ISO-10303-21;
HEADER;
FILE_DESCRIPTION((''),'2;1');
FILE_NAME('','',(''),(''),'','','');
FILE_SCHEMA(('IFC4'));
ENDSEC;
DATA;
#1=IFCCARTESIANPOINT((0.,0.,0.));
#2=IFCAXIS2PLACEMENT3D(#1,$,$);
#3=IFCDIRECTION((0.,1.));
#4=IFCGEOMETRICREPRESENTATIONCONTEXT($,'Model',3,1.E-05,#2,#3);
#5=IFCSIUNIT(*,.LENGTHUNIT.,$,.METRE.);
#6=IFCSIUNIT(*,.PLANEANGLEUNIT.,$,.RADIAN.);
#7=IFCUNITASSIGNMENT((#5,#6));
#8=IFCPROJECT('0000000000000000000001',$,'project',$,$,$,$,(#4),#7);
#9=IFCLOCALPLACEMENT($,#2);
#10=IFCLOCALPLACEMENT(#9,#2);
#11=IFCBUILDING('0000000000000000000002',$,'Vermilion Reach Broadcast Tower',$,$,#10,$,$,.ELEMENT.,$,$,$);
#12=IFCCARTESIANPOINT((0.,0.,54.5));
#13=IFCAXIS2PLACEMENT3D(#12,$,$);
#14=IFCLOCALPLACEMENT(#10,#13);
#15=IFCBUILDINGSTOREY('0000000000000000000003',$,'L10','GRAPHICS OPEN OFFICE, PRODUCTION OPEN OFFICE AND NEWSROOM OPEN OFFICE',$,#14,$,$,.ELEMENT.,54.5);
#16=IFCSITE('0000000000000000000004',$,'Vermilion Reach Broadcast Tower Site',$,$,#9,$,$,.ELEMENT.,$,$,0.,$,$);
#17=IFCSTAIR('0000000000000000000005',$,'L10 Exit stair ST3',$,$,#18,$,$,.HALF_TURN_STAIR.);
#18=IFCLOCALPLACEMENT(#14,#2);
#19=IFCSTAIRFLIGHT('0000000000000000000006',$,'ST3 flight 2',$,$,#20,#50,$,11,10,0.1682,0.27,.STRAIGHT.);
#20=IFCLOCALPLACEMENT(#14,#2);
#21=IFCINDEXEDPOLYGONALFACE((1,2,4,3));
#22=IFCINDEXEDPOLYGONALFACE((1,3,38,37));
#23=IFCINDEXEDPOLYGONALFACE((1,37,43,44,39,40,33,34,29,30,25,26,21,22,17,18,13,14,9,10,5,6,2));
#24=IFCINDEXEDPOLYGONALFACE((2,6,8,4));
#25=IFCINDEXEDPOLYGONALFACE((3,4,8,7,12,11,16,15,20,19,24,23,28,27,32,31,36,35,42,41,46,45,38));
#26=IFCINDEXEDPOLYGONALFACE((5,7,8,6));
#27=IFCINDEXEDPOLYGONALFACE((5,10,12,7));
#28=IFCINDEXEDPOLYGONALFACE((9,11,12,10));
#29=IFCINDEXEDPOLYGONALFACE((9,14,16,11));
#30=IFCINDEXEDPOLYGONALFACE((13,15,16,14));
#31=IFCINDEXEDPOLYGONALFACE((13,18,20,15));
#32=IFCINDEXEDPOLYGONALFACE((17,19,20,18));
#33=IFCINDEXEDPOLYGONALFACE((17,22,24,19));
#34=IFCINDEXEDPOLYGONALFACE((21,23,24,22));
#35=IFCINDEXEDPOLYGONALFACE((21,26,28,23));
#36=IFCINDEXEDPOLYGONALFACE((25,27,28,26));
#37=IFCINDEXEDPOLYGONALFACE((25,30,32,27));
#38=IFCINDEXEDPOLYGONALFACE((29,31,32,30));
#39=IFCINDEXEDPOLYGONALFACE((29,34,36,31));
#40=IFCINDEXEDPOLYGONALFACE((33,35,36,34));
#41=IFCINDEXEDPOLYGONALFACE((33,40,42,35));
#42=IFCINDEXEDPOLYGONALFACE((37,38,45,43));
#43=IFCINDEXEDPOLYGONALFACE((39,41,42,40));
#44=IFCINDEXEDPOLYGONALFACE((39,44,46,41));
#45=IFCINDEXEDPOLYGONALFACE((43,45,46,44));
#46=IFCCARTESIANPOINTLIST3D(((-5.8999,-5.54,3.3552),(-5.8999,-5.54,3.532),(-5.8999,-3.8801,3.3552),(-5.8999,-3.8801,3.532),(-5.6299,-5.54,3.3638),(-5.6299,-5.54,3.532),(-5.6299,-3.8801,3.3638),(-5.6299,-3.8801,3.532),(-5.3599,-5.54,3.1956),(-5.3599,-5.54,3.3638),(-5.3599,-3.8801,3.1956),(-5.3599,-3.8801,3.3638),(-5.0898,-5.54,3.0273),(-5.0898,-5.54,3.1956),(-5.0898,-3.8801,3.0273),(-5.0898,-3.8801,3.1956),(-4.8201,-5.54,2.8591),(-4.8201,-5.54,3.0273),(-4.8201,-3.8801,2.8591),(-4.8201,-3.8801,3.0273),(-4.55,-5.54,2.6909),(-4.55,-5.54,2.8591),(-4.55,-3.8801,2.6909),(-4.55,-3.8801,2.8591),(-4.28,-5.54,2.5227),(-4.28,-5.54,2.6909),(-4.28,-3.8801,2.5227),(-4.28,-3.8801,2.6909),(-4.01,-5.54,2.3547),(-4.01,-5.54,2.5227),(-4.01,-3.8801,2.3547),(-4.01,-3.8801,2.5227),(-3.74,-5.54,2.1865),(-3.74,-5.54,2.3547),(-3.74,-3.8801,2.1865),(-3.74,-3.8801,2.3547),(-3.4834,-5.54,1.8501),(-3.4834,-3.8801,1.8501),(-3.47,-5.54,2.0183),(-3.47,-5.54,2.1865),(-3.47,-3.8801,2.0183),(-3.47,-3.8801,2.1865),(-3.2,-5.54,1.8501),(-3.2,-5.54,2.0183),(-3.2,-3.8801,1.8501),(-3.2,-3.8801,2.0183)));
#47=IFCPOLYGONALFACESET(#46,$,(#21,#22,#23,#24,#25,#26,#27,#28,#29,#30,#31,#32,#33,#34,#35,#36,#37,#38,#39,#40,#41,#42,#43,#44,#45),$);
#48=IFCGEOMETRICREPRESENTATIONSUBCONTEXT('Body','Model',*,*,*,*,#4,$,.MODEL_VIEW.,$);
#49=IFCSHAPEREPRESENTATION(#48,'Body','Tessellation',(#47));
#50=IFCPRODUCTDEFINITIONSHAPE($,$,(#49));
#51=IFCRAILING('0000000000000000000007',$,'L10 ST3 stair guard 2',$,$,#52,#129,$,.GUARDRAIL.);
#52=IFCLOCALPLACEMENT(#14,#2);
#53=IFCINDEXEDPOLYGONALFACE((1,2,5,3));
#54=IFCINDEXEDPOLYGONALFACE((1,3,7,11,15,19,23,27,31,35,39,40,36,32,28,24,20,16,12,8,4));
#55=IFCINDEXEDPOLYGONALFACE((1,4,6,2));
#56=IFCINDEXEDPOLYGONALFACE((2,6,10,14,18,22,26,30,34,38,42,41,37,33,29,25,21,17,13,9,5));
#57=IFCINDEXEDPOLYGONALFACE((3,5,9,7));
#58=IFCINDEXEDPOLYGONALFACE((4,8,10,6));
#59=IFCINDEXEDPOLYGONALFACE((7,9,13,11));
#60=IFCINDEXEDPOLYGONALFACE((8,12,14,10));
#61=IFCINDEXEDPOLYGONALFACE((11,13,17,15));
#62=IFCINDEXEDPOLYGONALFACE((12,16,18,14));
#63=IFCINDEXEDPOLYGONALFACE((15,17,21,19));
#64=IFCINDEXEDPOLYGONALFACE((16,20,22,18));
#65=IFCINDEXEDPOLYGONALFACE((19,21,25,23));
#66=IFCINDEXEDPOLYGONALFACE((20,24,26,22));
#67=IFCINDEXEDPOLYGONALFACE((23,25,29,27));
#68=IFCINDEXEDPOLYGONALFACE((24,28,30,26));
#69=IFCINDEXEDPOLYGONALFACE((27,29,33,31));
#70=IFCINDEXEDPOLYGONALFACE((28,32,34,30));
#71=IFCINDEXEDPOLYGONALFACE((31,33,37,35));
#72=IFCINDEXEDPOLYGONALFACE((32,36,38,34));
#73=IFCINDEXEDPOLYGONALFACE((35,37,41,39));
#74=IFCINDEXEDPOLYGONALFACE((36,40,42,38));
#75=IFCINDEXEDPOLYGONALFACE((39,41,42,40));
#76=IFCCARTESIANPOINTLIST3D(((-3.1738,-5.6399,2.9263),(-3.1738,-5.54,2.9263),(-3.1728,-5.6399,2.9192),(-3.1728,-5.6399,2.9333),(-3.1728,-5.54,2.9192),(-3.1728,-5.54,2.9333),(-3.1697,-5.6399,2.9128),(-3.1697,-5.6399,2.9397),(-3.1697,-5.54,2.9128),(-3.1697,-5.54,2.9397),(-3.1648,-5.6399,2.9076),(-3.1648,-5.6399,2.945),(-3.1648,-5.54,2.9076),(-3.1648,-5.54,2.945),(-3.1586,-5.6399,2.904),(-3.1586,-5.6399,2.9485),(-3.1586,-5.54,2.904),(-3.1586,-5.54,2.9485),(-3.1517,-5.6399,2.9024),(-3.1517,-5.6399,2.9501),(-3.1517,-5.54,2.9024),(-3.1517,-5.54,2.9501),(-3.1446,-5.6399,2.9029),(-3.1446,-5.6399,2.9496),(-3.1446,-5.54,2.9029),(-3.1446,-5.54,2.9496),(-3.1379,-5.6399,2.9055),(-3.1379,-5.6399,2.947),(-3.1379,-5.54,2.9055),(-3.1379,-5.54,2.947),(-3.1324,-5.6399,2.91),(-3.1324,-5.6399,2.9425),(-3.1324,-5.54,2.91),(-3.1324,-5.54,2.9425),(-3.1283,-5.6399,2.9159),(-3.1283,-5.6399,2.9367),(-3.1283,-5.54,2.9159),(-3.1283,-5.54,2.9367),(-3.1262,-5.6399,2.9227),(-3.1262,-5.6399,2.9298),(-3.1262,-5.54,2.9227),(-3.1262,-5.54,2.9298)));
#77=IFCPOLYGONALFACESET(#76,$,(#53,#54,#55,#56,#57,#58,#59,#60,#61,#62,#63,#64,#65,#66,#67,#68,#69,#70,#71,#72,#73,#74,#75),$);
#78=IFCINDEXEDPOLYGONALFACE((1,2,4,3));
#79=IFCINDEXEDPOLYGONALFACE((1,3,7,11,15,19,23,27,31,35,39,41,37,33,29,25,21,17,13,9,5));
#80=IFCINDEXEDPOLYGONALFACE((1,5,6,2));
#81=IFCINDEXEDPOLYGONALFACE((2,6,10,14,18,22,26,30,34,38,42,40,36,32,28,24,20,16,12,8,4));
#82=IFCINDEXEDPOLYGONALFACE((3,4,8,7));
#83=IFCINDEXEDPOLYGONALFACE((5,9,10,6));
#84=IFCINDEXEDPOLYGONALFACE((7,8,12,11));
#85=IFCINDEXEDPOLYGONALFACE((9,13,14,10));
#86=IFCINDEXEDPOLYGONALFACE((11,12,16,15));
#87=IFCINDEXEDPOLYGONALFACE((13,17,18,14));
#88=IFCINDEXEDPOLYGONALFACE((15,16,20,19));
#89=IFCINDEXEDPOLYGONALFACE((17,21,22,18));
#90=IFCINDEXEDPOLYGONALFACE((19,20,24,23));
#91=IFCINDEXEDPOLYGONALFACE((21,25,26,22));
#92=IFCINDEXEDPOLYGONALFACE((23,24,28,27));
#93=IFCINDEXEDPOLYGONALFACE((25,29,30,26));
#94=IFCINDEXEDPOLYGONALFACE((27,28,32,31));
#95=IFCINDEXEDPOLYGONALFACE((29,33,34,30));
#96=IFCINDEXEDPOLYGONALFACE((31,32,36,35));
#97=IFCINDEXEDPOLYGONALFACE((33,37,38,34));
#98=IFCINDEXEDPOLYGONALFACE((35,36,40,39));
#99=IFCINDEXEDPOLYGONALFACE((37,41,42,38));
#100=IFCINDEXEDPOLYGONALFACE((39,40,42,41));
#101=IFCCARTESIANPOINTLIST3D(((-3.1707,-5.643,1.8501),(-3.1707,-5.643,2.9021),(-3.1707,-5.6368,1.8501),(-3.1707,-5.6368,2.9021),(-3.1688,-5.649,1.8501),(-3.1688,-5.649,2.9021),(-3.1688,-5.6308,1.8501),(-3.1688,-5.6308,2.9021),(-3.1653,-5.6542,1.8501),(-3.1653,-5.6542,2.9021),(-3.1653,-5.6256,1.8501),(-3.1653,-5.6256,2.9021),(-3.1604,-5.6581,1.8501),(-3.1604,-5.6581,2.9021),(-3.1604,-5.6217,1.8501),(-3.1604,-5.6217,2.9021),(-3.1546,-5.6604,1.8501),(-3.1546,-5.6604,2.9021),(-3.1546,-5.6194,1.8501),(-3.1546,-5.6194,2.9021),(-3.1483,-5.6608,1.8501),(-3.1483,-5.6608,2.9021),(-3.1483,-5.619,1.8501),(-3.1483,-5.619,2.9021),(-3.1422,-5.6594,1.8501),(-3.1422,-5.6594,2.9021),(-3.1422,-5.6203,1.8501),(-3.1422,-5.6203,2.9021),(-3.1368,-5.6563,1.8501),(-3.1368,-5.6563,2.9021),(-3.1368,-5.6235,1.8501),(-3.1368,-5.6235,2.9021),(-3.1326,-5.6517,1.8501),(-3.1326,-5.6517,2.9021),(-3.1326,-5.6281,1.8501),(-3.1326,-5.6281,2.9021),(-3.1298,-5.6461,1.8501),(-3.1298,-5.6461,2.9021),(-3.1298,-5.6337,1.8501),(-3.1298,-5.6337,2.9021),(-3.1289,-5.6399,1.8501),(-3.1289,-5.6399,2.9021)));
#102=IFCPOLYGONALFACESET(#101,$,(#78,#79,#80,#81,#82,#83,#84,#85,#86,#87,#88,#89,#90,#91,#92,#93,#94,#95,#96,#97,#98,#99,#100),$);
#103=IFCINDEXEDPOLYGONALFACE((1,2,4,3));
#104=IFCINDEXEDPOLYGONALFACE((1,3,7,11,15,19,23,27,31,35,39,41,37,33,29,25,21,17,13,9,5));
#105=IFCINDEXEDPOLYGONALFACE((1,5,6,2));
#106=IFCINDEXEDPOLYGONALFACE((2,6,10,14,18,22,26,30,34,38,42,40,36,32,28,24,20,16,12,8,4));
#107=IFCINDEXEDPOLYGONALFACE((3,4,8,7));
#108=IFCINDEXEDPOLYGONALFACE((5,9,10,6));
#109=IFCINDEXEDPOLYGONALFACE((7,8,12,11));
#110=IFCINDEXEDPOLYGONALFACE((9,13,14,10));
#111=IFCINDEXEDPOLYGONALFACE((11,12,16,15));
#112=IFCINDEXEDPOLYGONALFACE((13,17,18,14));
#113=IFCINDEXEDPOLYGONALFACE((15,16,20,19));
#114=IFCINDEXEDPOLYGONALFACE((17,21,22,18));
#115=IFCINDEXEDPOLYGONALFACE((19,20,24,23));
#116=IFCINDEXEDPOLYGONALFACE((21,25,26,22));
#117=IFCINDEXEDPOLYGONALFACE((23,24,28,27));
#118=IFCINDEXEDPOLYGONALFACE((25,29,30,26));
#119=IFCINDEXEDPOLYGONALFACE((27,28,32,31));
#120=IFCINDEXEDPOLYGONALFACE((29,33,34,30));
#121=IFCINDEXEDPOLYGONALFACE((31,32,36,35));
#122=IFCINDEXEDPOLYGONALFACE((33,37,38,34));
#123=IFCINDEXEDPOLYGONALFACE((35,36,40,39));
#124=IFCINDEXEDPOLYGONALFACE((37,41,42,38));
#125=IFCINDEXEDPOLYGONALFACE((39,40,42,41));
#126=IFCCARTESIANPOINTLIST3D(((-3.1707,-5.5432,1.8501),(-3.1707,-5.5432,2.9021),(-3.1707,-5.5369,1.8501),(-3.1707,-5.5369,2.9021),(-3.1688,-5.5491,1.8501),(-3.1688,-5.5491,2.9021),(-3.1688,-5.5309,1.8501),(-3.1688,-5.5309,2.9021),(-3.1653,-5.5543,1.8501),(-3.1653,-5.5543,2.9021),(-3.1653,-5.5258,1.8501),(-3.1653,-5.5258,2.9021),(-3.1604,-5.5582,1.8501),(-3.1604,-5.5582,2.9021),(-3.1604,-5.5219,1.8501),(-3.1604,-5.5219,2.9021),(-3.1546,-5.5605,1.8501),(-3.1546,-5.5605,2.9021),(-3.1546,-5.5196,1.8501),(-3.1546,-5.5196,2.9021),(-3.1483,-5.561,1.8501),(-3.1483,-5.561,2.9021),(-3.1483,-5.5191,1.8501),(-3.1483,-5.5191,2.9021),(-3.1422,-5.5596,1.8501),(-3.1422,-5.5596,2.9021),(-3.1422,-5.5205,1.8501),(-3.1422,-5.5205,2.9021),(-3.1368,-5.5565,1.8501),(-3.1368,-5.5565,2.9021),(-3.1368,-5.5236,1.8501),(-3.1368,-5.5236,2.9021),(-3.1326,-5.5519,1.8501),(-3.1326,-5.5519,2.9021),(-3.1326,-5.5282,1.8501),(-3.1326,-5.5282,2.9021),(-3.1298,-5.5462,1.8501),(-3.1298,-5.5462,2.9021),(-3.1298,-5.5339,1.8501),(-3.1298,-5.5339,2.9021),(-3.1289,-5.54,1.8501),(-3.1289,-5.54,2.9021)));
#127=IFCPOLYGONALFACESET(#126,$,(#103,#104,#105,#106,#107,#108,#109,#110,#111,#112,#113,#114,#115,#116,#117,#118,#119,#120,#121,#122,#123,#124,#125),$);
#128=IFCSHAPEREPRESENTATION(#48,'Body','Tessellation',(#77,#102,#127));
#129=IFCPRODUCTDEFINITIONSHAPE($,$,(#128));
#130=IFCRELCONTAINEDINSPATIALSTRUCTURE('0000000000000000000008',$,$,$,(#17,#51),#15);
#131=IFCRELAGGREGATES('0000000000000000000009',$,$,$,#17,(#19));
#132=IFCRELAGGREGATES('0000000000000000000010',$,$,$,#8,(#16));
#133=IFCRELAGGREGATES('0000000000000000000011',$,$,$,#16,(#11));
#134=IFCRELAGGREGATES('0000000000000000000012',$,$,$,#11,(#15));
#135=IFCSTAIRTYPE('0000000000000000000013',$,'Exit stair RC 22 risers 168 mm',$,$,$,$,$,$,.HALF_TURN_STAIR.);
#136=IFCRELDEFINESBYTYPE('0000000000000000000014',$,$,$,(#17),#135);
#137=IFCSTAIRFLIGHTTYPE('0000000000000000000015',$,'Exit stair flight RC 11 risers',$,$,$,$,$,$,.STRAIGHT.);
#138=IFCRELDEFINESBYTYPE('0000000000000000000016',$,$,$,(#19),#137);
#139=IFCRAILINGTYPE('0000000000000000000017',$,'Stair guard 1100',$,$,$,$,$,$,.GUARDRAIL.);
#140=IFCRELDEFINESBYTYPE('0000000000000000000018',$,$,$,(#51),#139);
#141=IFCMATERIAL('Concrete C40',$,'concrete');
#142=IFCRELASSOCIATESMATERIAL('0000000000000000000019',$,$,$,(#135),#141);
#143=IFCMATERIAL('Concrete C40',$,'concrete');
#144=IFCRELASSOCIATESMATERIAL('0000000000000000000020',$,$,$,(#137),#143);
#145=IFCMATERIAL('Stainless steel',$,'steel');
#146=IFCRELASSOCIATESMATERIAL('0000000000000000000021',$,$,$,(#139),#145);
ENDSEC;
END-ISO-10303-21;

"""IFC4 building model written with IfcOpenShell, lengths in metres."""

from ifc_helpers import new_model, si_unit, direction, frame, origin, origin_2d, place, context, subcontext, project, spatial, polyline, circle, outline, extrude, material, type_object, element, aggregate, save


model = new_model("IFC4")

# Units and contexts
model_context = context("Model", 3, precision=1e-05, world=origin(), true_north=direction((0.0, 1.0)))
body_context = subcontext(model_context, "Body", "Model", "MODEL_VIEW")
ifc_project = project(units=[si_unit("LENGTHUNIT", "METRE"), si_unit("PLANEANGLEUNIT", "RADIAN")], contexts=[model_context])

# Site, building, storey
site_placement = place(None, origin())
site = spatial("IfcSite", under=ifc_project, at=site_placement, Name="Vermilion Reach Broadcast Tower Site", CompositionType="ELEMENT", RefElevation=0.0)
building_placement = place(site_placement, origin())
building = spatial("IfcBuilding", under=site, at=building_placement, Name="Vermilion Reach Broadcast Tower", CompositionType="ELEMENT")
storey_placement = place(building_placement, frame((0.0, 0.0, 54.5)))
storey = spatial("IfcBuildingStorey", under=building, at=storey_placement, Name="L10", Description="GRAPHICS OPEN OFFICE, PRODUCTION OPEN OFFICE AND NEWSROOM OPEN OFFICE", CompositionType="ELEMENT", Elevation=54.5)

# Stair, stair flight
ifc_material_1 = material(Name="Concrete C40", Category="concrete")
stair_type = type_object("IfcStairType", Name="Exit stair RC 22 risers 168 mm", PredefinedType="HALF_TURN_STAIR", material=ifc_material_1)
stair_placement = place(storey_placement, origin())
stair = element("IfcStair", 1, at=stair_placement, inside=storey, type_object=stair_type, Name="L10 Exit stair ST3", PredefinedType="HALF_TURN_STAIR")
ifc_material_2 = material(Name="Concrete C40", Category="concrete")
stair_flight_type = type_object("IfcStairFlightType", Name="Exit stair flight RC 11 risers", PredefinedType="STRAIGHT", material=ifc_material_2)
stair_flight_placement = place(storey_placement, frame((-3.2, -4.71, 1.8501), z_axis=(0.0, 0.0, 1.0), x_axis=(-1.0, 0.0, 0.0)))
stair_flight = element("IfcStairFlight", 2, at=stair_flight_placement, type_object=stair_flight_type, Name="ST3 flight 2", NumberOfRisers=11, NumberOfTreads=10, PredefinedType="STRAIGHT", RiserHeight=0.1682, TreadLength=0.27, context=body_context, shape_type="SweptSolid", body=[
    extrude(outline(polyline([(0.0, 0.0), (0.0, 0.1682), (0.27, 0.1682), (0.27, 0.3364), (0.54, 0.3364), (0.54, 0.5046), (0.8101, 0.5046), (0.8101, 0.6726), (1.0801, 0.6726), (1.0801, 0.8408), (1.3501, 0.8408), (1.3501, 1.009), (1.6201, 1.009), (1.6201, 1.1772), (1.8899, 1.1772), (1.8899, 1.3455), (2.1599, 1.3455), (2.1599, 1.5137), (2.4299, 1.5137), (2.4299, 1.6819), (2.7, 1.6819), (2.7, 1.8501), (2.7, 1.5051), (0.2834, 0.0), (0.0, 0.0)])), frame((0.0, 0.8301, 0.0), z_axis=(0.0, -1.0, 0.0), x_axis=(1.0, 0.0, 0.0)), (0.0, 0.0, 1.0), 1.6599),
])
aggregate(stair, [stair_flight])

# Railing
ifc_material_3 = material(Name="Stainless steel", Category="steel")
railing_type_1 = type_object("IfcRailingType", Name="Stair guard 1100", PredefinedType="GUARDRAIL", material=ifc_material_3)
railing_1_placement = place(storey_placement, frame((-3.1499, -5.6399, 1.8501)))
element("IfcRailing", 3, at=railing_1_placement, inside=storey, type_object=railing_type_1, Name="L10 ST3 stair guard 2", PredefinedType="GUARDRAIL", context=body_context, shape_type="SweptSolid", body=[
    extrude(circle(Radius=0.0239, at=origin_2d()), frame((0.0, 0.0, 1.0762), z_axis=(0.0, 1.0, 0.0), x_axis=(-1.0, 0.0, 0.0)), (0.0, 0.0, 1.0), 0.0999),
    extrude(circle(Radius=0.021, at=origin_2d()), origin(), (0.0, 0.0, 1.0), 1.052),
    extrude(circle(Radius=0.021, at=origin_2d()), frame((0.0, 0.0999, 0.0)), (0.0, 0.0, 1.0), 1.052),
])

save(model, "model.ifc")
